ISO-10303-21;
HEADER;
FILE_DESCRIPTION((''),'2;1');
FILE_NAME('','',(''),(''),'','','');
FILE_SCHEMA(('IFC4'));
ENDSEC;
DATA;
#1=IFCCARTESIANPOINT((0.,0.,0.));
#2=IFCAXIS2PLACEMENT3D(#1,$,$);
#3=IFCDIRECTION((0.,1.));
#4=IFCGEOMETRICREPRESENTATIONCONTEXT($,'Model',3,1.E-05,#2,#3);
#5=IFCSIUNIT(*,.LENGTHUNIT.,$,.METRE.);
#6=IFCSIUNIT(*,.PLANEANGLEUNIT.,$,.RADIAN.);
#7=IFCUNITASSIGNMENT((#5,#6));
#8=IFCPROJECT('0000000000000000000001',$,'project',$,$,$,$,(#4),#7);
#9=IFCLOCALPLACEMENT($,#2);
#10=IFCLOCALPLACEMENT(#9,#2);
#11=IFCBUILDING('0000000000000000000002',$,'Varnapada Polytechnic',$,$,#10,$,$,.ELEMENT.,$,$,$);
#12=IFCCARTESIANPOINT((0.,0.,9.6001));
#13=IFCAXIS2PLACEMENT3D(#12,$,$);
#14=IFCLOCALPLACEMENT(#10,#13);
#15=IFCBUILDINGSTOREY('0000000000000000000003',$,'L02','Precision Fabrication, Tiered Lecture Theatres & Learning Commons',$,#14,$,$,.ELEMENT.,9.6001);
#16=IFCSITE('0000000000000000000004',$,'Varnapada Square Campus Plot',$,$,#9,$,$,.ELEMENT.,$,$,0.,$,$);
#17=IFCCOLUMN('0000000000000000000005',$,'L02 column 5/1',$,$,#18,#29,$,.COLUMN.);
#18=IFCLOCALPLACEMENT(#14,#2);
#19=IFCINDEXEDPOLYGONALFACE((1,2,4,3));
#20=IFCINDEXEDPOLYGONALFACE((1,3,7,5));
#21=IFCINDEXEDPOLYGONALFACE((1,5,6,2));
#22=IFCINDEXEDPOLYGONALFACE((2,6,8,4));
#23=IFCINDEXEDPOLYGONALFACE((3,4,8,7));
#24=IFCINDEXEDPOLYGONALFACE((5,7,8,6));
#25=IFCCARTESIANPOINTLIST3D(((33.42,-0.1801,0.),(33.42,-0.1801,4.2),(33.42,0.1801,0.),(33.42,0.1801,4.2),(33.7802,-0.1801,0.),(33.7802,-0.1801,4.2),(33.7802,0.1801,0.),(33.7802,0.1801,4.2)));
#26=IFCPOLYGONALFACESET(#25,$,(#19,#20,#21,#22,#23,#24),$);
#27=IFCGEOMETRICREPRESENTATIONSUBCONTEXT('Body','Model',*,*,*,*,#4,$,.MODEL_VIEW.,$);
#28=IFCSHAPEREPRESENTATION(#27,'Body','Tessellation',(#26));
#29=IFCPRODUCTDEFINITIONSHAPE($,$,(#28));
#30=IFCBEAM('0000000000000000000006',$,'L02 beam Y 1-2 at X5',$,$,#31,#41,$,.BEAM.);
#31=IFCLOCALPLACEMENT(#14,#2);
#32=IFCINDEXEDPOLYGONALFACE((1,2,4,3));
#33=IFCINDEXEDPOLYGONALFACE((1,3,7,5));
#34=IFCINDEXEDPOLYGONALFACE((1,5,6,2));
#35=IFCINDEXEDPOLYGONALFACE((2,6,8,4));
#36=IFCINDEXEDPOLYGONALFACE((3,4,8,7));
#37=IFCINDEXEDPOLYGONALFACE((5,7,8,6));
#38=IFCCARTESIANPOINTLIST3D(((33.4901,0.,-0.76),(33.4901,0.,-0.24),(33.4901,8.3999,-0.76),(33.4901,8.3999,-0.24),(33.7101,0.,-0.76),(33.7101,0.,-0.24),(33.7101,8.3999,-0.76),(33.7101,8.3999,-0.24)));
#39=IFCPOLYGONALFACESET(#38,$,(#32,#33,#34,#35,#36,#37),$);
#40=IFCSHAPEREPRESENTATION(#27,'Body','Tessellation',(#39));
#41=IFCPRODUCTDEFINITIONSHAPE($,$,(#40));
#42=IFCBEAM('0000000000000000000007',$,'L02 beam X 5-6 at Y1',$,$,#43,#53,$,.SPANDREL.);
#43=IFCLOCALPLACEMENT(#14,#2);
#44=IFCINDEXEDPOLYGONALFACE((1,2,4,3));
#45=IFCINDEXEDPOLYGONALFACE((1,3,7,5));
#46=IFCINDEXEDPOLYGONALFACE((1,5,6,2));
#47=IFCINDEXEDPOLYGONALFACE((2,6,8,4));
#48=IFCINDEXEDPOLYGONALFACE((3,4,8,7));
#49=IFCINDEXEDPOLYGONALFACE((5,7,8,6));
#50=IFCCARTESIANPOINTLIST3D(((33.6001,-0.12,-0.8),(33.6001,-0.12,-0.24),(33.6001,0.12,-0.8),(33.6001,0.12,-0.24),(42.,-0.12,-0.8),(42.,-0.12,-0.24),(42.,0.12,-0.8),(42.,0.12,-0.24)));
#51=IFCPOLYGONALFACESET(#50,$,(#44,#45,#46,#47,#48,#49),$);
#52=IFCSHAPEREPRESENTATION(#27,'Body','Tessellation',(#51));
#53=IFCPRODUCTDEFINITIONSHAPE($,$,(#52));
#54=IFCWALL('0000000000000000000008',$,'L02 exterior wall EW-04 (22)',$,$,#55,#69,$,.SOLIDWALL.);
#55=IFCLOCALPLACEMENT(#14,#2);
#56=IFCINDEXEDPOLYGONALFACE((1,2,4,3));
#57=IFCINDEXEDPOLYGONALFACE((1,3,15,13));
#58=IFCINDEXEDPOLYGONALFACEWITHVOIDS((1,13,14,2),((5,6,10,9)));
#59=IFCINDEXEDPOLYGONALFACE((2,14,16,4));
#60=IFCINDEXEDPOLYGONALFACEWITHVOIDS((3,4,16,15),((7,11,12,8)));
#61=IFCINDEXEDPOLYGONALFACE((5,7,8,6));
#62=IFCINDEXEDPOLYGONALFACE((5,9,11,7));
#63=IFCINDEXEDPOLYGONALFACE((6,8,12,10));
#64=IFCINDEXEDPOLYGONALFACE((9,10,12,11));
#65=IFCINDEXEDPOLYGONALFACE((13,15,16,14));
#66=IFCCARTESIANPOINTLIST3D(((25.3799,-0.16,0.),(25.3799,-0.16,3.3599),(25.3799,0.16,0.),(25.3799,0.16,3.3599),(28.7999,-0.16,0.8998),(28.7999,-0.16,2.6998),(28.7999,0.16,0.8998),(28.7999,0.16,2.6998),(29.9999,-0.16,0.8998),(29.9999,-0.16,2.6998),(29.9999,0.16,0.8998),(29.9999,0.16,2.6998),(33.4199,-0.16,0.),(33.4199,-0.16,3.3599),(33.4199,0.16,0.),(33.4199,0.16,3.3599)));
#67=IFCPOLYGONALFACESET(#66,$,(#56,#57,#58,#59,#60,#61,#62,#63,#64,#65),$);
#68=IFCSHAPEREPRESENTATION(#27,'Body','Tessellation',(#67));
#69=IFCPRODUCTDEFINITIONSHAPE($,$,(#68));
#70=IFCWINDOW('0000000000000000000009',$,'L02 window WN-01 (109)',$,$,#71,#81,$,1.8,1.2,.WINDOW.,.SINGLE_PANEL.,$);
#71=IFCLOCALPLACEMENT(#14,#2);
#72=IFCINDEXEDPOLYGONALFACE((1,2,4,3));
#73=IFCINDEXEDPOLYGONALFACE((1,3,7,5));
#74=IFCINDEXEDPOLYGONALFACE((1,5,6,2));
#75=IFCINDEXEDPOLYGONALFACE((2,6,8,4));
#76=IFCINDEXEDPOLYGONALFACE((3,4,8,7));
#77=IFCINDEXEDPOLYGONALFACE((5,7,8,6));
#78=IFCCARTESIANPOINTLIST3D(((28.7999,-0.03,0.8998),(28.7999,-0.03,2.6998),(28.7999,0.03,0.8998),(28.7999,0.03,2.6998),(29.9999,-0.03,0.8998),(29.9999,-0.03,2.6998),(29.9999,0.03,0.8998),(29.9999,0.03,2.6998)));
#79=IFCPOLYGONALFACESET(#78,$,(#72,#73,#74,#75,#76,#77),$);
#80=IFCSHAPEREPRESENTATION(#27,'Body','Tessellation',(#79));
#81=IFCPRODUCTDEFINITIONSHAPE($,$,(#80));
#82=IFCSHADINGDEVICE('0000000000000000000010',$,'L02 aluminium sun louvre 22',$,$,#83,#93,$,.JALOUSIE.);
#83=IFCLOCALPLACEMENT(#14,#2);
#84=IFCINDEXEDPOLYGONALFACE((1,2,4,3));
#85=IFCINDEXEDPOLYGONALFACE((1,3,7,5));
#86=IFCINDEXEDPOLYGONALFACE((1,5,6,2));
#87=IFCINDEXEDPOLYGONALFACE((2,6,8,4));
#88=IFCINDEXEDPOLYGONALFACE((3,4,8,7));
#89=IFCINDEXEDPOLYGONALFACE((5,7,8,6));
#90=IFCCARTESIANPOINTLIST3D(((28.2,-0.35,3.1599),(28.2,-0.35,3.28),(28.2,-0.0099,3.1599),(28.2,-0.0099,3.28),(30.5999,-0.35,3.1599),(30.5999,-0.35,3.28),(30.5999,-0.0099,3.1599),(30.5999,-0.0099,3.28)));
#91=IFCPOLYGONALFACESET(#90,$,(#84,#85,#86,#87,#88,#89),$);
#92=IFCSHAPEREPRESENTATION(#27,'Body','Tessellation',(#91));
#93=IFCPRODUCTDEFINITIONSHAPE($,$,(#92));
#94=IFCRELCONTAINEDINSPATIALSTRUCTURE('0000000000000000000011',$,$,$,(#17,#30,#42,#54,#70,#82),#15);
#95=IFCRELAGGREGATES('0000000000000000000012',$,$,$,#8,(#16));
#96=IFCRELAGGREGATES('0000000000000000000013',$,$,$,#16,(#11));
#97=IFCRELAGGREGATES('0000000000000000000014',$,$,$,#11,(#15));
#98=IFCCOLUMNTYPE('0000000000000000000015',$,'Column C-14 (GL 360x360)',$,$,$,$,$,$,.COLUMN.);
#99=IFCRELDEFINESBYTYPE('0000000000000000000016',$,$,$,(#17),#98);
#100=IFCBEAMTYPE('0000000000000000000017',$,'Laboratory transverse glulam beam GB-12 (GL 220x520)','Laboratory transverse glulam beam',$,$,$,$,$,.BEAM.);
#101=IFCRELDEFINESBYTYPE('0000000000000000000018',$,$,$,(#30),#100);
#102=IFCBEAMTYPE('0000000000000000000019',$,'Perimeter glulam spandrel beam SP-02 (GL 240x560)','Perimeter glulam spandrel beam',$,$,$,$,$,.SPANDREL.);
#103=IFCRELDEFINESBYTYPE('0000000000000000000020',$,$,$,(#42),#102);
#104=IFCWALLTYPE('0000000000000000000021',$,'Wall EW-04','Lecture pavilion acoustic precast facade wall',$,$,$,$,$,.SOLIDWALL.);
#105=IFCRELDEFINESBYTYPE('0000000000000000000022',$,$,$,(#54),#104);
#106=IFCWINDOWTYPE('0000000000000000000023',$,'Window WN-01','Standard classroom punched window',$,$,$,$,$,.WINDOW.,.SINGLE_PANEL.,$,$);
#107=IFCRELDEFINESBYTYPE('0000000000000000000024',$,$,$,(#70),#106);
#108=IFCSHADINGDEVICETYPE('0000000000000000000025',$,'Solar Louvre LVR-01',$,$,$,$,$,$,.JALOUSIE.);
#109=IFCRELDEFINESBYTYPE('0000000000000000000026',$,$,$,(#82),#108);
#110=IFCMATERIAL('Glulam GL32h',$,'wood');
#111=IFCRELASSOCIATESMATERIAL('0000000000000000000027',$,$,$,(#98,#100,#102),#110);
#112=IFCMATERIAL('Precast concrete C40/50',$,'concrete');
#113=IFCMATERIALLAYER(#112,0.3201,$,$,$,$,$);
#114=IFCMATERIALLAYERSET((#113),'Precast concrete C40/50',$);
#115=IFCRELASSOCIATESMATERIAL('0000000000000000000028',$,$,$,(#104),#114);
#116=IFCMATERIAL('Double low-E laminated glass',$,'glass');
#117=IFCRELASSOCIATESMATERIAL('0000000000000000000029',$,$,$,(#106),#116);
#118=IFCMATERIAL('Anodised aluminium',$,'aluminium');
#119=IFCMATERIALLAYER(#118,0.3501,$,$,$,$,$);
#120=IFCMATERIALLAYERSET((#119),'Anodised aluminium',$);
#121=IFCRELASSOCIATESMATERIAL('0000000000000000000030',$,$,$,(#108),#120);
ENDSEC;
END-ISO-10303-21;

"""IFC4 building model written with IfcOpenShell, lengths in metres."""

from ifc_helpers import new_model, si_unit, direction, frame, frame_2d, origin, origin_2d, place, context, subcontext, project, spatial, rectangle, extrude, material, layer, layer_set, material_profile, profile_set, type_object, element, fill, save


model = new_model("IFC4")

# Units and contexts
model_context = context("Model", 3, precision=1e-05, world=origin(), true_north=direction((0.0, 1.0)))
body_context = subcontext(model_context, "Body", "Model", "MODEL_VIEW")
ifc_project = project(units=[si_unit("LENGTHUNIT", "METRE"), si_unit("PLANEANGLEUNIT", "RADIAN")], contexts=[model_context])

# Site, building, storey
site_placement = place(None, origin())
site = spatial("IfcSite", under=ifc_project, at=site_placement, Name="Varnapada Square Campus Plot", CompositionType="ELEMENT", RefElevation=0.0)
building_placement = place(site_placement, origin())
building = spatial("IfcBuilding", under=site, at=building_placement, Name="Varnapada Polytechnic", CompositionType="ELEMENT")
storey_placement = place(building_placement, frame((0.0, 0.0, 9.6001)))
storey = spatial("IfcBuildingStorey", under=building, at=storey_placement, Name="L02", Description="Precision Fabrication, Tiered Lecture Theatres & Learning Commons", CompositionType="ELEMENT", Elevation=9.6001)

# Column
ifc_material_1 = material(Name="Glulam GL32h", Category="wood")
ifc_material_profile_1 = material_profile(ifc_material_1, rectangle(XDim=0.3601, YDim=0.3601, at=origin_2d()), Name="GL 360x360")
ifc_profile_set_1 = profile_set([ifc_material_profile_1], Name="Glulam GL32h")
column_type = type_object("IfcColumnType", Name="Column C-14 (GL 360x360)", PredefinedType="COLUMN", material=ifc_profile_set_1)
column_placement = place(storey_placement, frame((33.6001, 0.0, 0.0), z_axis=(0.0, 0.0, 1.0), x_axis=(1.0, 0.0, 0.0)))
element("IfcColumn", 1, at=column_placement, inside=storey, type_object=column_type, Name="L02 column 5/1", PredefinedType="COLUMN", context=body_context, shape_type="SweptSolid", body=[
    extrude(rectangle(XDim=0.3601, YDim=0.3601, at=origin_2d()), origin(), (0.0, 0.0, 1.0), 4.2),
])

# Beams
ifc_material_profile_2 = material_profile(ifc_material_1, rectangle(XDim=0.22, YDim=0.52, at=origin_2d()), Name="GL 220x520")
ifc_profile_set_2 = profile_set([ifc_material_profile_2], Name="Glulam GL32h")
beam_type_1 = type_object("IfcBeamType", Name="Laboratory transverse glulam beam GB-12 (GL 220x520)", Description="Laboratory transverse glulam beam", PredefinedType="BEAM", material=ifc_profile_set_2)
beam_1_placement = place(storey_placement, frame((33.6001, 0.0, -0.5), z_axis=(0.0, 1.0, 0.0), x_axis=(-1.0, 0.0, 0.0)))
element("IfcBeam", 2, at=beam_1_placement, inside=storey, type_object=beam_type_1, Name="L02 beam Y 1-2 at X5", PredefinedType="BEAM", context=body_context, shape_type="SweptSolid", body=[
    extrude(rectangle(XDim=0.22, YDim=0.52, at=origin_2d()), origin(), (0.0, 0.0, 1.0), 8.3999),
])
ifc_material_profile_3 = material_profile(ifc_material_1, rectangle(XDim=0.24, YDim=0.5601, at=origin_2d()), Name="GL 240x560")
ifc_profile_set_3 = profile_set([ifc_material_profile_3], Name="Glulam GL32h")
beam_type_2 = type_object("IfcBeamType", Name="Perimeter glulam spandrel beam SP-02 (GL 240x560)", Description="Perimeter glulam spandrel beam", PredefinedType="SPANDREL", material=ifc_profile_set_3)
beam_2_placement = place(storey_placement, frame((33.6001, 0.0, -0.52), z_axis=(1.0, 0.0, 0.0), x_axis=(0.0, 1.0, 0.0)))
element("IfcBeam", 3, at=beam_2_placement, inside=storey, type_object=beam_type_2, Name="L02 beam X 5-6 at Y1", PredefinedType="SPANDREL", context=body_context, shape_type="SweptSolid", body=[
    extrude(rectangle(XDim=0.24, YDim=0.5601, at=origin_2d()), origin(), (0.0, 0.0, 1.0), 8.3999),
])

# Wall, opening, window
ifc_material_2 = material(Name="Precast concrete C40/50", Category="concrete")
ifc_layer_1 = layer(ifc_material_2, 0.3201)
ifc_layer_set_1 = layer_set([ifc_layer_1], Name="Precast concrete C40/50")
wall_type = type_object("IfcWallType", Name="Wall EW-04", Description="Lecture pavilion acoustic precast facade wall", PredefinedType="SOLIDWALL", material=ifc_layer_set_1)
wall_placement = place(storey_placement, frame((33.4199, 0.0, 0.0), z_axis=(0.0, 0.0, 1.0), x_axis=(-1.0, 0.0, 0.0)))
wall = element("IfcWall", 4, at=wall_placement, inside=storey, type_object=wall_type, Name="L02 exterior wall EW-04 (22)", PredefinedType="SOLIDWALL", context=body_context, shape_type="SweptSolid", body=[
    extrude(rectangle(XDim=8.04, YDim=0.3201, at=frame_2d((4.02, 0.0))), origin(), (0.0, 0.0, 1.0), 3.3599),
])
opening_1_placement = place(wall_placement, frame((3.4199, 0.0, 0.8999)))
opening_1 = element("IfcOpeningElement", 5, at=opening_1_placement, cuts=wall, PredefinedType="OPENING", context=body_context, shape_type="SweptSolid", body=[
    extrude(rectangle(XDim=1.2, YDim=1.8, at=frame_2d((0.6001, 0.8999))), frame((0.0, 0.1699, 0.0), z_axis=(0.0, -1.0, 0.0), x_axis=(1.0, 0.0, 0.0)), (0.0, 0.0, 1.0), 0.3401),
])
ifc_material_3 = material(Name="Double low-E laminated glass", Category="glass")
window_type = type_object("IfcWindowType", Name="Window WN-01", Description="Standard classroom punched window", PartitioningType="SINGLE_PANEL", PredefinedType="WINDOW", material=ifc_material_3)
window_placement = place(opening_1_placement, origin())
window = element("IfcWindow", 6, at=window_placement, inside=storey, type_object=window_type, Name="L02 window WN-01 (109)", OverallHeight=1.8, OverallWidth=1.2, PartitioningType="SINGLE_PANEL", PredefinedType="WINDOW", context=body_context, shape_type="SweptSolid", body=[
    extrude(rectangle(XDim=1.2, YDim=1.8, at=frame_2d((0.6001, 0.8999))), frame((0.0, 0.03, 0.0), z_axis=(0.0, -1.0, 0.0), x_axis=(1.0, 0.0, 0.0)), (0.0, 0.0, 1.0), 0.0601),
])
fill(opening_1, window)

# Shading device
ifc_material_4 = material(Name="Anodised aluminium", Category="aluminium")
ifc_layer_2 = layer(ifc_material_4, 0.3501)
ifc_layer_set_2 = layer_set([ifc_layer_2], Name="Anodised aluminium")
shading_device_type_1 = type_object("IfcShadingDeviceType", Name="Solar Louvre LVR-01", PredefinedType="JALOUSIE", material=ifc_layer_set_2)
shading_device_1_placement = place(storey_placement, frame((29.3999, -0.1799, 3.1599), z_axis=(0.0, 0.0, 1.0), x_axis=(-1.0, 0.0, 0.0)))
element("IfcShadingDevice", 7, at=shading_device_1_placement, inside=storey, type_object=shading_device_type_1, Name="L02 aluminium sun louvre 22", PredefinedType="JALOUSIE", context=body_context, shape_type="SweptSolid", body=[
    extrude(rectangle(XDim=2.3999, YDim=0.3401, at=origin_2d()), origin(), (0.0, 0.0, 1.0), 0.1201),
])

save(model, "model.ifc")
